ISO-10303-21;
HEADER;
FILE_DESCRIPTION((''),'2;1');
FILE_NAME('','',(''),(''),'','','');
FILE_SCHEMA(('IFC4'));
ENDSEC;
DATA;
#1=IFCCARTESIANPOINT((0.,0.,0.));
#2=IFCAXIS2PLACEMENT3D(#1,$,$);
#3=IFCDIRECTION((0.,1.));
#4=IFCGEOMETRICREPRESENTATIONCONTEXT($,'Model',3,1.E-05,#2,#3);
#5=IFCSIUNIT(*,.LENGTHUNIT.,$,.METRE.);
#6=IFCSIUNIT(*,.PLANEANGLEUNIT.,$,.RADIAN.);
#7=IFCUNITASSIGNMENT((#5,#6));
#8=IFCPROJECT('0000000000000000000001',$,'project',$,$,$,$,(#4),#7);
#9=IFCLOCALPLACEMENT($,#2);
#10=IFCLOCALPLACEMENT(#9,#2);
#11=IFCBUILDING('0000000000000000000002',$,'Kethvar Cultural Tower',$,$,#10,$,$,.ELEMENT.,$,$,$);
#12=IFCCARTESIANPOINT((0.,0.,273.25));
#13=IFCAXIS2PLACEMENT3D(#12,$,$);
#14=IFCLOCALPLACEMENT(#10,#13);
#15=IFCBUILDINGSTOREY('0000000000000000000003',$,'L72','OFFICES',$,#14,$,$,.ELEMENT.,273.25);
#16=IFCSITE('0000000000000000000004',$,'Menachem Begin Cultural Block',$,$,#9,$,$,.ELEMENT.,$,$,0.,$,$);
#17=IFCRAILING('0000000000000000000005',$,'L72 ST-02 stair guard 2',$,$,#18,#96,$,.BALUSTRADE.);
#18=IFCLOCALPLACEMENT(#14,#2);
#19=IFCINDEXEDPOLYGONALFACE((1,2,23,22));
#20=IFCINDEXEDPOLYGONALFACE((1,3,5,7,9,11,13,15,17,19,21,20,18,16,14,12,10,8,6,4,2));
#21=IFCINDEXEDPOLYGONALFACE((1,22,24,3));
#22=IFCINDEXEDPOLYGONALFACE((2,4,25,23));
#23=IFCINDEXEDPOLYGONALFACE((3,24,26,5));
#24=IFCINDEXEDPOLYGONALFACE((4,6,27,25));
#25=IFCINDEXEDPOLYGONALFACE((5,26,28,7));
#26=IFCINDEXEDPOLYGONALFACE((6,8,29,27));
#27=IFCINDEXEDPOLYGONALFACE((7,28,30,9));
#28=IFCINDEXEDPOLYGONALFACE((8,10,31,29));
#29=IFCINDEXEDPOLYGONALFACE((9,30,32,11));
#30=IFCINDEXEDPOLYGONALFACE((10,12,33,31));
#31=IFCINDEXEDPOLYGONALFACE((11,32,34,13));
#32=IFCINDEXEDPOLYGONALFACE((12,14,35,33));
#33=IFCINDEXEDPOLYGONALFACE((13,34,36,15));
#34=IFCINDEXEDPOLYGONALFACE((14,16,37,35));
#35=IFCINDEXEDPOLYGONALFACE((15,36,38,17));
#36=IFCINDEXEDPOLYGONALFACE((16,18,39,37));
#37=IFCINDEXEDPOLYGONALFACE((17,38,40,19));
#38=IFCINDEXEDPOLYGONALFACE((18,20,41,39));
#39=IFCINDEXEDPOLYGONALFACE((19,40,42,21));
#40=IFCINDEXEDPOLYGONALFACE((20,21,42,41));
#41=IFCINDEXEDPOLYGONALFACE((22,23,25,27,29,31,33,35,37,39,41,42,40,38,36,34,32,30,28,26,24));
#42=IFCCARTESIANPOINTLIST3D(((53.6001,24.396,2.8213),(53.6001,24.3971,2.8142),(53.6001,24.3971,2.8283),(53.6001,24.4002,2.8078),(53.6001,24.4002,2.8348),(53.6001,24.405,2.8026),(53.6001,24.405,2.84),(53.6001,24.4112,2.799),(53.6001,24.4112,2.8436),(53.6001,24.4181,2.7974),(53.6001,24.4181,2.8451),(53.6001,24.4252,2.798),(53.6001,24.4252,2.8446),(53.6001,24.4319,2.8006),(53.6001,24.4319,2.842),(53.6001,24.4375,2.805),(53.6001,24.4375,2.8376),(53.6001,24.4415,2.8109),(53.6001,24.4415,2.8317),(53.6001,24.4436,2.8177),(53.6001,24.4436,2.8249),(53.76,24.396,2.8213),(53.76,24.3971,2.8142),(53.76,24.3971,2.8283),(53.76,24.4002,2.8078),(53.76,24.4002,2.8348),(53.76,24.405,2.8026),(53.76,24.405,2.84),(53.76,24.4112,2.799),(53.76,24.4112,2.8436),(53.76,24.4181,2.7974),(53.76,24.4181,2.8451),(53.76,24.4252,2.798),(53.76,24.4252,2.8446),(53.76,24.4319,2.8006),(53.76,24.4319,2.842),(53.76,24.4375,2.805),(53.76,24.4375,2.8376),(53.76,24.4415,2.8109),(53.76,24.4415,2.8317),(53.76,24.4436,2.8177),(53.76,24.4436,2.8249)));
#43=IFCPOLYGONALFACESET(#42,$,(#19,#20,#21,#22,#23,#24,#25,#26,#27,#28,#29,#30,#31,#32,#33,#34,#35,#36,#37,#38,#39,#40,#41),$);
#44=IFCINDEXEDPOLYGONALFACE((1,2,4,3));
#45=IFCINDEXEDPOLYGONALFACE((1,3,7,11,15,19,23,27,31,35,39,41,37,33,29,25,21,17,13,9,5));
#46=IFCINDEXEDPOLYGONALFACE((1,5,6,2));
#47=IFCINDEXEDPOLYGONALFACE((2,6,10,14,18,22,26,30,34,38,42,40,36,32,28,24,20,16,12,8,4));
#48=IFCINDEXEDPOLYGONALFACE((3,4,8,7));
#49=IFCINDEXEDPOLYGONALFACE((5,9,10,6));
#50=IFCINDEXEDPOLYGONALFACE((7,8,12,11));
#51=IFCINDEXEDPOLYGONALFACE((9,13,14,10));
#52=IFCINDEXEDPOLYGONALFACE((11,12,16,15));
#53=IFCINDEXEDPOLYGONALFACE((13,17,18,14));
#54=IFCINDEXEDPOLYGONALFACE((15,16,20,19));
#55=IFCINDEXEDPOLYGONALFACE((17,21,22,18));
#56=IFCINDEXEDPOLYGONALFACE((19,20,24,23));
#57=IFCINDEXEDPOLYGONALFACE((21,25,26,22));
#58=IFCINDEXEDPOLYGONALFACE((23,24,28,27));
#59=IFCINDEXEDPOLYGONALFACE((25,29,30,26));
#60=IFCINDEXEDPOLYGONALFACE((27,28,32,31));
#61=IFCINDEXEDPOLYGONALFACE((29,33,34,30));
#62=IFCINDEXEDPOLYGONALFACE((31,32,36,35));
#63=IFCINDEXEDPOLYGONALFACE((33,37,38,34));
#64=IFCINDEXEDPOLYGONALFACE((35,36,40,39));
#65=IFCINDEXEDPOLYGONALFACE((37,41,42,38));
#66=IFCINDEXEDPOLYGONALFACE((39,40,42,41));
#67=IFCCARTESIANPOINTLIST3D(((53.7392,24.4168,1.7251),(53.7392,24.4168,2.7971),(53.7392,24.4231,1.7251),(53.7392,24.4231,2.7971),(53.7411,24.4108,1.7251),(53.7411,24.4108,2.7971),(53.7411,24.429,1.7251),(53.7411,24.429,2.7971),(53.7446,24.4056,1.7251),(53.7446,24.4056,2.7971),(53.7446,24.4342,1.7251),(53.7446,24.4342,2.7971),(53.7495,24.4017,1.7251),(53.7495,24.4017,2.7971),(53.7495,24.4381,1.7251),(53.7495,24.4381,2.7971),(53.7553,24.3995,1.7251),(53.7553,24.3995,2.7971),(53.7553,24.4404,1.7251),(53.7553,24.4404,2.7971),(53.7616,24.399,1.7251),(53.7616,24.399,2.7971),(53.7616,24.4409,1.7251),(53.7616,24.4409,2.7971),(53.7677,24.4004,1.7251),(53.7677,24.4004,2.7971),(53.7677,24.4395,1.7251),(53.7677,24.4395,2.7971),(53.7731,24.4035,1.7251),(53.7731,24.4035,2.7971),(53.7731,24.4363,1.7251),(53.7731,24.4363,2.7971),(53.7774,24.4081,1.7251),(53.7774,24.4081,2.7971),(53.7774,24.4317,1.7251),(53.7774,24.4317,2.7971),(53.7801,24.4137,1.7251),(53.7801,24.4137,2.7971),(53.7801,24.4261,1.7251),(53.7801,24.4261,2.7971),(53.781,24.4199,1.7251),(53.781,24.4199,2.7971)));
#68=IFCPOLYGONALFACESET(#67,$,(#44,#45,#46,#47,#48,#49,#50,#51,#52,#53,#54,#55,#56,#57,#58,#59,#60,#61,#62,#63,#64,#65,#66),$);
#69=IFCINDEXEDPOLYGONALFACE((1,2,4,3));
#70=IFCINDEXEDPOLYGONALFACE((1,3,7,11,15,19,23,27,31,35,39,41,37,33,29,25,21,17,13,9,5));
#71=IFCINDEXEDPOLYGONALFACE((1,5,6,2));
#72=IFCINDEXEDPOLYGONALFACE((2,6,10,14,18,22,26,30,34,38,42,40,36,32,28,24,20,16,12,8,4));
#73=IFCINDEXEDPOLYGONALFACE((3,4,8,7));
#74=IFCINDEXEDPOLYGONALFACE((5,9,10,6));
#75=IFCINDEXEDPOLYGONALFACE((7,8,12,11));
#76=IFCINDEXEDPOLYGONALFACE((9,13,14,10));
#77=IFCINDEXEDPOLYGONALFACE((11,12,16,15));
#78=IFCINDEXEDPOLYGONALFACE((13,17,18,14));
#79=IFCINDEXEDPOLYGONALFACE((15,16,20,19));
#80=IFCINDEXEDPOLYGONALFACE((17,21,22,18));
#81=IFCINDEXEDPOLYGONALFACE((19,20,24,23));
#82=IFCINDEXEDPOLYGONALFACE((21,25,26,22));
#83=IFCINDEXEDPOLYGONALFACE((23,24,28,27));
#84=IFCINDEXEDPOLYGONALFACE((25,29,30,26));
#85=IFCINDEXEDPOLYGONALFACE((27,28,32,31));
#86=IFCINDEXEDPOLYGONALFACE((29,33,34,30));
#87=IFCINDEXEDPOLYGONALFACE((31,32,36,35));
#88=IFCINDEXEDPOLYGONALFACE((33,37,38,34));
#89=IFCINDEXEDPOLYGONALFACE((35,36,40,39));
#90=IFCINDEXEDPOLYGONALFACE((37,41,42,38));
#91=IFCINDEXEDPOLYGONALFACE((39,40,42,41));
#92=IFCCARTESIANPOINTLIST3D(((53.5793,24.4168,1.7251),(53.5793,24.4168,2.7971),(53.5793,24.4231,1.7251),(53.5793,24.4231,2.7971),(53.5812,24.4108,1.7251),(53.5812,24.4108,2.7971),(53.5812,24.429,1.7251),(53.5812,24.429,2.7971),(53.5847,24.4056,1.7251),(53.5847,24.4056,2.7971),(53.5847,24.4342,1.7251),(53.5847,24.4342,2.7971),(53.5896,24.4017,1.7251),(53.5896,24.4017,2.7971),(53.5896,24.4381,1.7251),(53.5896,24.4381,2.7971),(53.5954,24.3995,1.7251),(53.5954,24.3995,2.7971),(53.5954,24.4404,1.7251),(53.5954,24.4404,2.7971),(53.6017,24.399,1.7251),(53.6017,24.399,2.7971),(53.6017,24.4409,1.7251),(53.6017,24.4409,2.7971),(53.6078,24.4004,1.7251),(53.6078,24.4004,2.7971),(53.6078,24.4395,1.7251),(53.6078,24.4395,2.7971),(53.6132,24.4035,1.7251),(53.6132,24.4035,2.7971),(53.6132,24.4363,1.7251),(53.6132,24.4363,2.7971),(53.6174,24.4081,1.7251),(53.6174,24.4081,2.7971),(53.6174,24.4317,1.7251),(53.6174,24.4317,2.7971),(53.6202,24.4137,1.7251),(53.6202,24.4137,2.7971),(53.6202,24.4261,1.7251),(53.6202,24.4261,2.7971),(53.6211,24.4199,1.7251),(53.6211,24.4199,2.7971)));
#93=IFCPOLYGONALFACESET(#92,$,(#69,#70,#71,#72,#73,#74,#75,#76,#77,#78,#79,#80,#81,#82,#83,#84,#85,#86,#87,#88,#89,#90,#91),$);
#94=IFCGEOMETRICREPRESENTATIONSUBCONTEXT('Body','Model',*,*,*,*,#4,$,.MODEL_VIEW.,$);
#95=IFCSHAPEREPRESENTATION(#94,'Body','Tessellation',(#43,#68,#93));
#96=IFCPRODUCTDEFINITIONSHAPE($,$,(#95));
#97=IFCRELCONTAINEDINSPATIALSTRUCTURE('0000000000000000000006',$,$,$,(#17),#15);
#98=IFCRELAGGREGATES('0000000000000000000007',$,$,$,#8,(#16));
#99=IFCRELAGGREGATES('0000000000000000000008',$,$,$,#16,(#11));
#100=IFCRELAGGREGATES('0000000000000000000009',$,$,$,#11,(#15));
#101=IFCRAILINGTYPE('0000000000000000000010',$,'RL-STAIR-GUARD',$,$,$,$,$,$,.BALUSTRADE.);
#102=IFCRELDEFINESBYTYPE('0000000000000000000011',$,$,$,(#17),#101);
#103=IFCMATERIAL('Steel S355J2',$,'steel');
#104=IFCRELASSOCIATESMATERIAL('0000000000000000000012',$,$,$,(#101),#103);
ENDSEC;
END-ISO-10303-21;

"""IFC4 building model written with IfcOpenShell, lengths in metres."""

from ifc_helpers import new_model, si_unit, direction, frame, origin, origin_2d, place, context, subcontext, project, spatial, circle, extrude, material, type_object, element, save


model = new_model("IFC4")

# Units and contexts
model_context = context("Model", 3, precision=1e-05, world=origin(), true_north=direction((0.0, 1.0)))
body_context = subcontext(model_context, "Body", "Model", "MODEL_VIEW")
ifc_project = project(units=[si_unit("LENGTHUNIT", "METRE"), si_unit("PLANEANGLEUNIT", "RADIAN")], contexts=[model_context])

# Site, building, storey
site_placement = place(None, origin())
site = spatial("IfcSite", under=ifc_project, at=site_placement, Name="Menachem Begin Cultural Block", CompositionType="ELEMENT", RefElevation=0.0)
building_placement = place(site_placement, origin())
building = spatial("IfcBuilding", under=site, at=building_placement, Name="Kethvar Cultural Tower", CompositionType="ELEMENT")
storey_placement = place(building_placement, frame((0.0, 0.0, 273.25)))
storey = spatial("IfcBuildingStorey", under=building, at=storey_placement, Name="L72", Description="OFFICES", CompositionType="ELEMENT", Elevation=273.25)

# Shared definitions
ifc_material_1 = material(Name="Steel S355J2", Category="steel")

# Railing
railing_type_1 = type_object("IfcRailingType", Name="RL-STAIR-GUARD", PredefinedType="BALUSTRADE", material=ifc_material_1)
railing_1_placement = place(storey_placement, frame((53.76, 24.4199, 1.7251)))
element("IfcRailing", 1, at=railing_1_placement, inside=storey, type_object=railing_type_1, Name="L72 ST-02 stair guard 2", PredefinedType="BALUSTRADE", context=body_context, shape_type="SweptSolid", body=[
    extrude(circle(Radius=0.0239, at=origin_2d()), frame((0.0, 0.0, 1.0962), z_axis=(-1.0, 0.0, 0.0), x_axis=(0.0, -1.0, 0.0)), (0.0, 0.0, 1.0), 0.1599),
    extrude(circle(Radius=0.021, at=origin_2d()), origin(), (0.0, 0.0, 1.0), 1.072),
    extrude(circle(Radius=0.021, at=origin_2d()), frame((-0.1599, 0.0, 0.0)), (0.0, 0.0, 1.0), 1.072),
])

save(model, "model.ifc")
